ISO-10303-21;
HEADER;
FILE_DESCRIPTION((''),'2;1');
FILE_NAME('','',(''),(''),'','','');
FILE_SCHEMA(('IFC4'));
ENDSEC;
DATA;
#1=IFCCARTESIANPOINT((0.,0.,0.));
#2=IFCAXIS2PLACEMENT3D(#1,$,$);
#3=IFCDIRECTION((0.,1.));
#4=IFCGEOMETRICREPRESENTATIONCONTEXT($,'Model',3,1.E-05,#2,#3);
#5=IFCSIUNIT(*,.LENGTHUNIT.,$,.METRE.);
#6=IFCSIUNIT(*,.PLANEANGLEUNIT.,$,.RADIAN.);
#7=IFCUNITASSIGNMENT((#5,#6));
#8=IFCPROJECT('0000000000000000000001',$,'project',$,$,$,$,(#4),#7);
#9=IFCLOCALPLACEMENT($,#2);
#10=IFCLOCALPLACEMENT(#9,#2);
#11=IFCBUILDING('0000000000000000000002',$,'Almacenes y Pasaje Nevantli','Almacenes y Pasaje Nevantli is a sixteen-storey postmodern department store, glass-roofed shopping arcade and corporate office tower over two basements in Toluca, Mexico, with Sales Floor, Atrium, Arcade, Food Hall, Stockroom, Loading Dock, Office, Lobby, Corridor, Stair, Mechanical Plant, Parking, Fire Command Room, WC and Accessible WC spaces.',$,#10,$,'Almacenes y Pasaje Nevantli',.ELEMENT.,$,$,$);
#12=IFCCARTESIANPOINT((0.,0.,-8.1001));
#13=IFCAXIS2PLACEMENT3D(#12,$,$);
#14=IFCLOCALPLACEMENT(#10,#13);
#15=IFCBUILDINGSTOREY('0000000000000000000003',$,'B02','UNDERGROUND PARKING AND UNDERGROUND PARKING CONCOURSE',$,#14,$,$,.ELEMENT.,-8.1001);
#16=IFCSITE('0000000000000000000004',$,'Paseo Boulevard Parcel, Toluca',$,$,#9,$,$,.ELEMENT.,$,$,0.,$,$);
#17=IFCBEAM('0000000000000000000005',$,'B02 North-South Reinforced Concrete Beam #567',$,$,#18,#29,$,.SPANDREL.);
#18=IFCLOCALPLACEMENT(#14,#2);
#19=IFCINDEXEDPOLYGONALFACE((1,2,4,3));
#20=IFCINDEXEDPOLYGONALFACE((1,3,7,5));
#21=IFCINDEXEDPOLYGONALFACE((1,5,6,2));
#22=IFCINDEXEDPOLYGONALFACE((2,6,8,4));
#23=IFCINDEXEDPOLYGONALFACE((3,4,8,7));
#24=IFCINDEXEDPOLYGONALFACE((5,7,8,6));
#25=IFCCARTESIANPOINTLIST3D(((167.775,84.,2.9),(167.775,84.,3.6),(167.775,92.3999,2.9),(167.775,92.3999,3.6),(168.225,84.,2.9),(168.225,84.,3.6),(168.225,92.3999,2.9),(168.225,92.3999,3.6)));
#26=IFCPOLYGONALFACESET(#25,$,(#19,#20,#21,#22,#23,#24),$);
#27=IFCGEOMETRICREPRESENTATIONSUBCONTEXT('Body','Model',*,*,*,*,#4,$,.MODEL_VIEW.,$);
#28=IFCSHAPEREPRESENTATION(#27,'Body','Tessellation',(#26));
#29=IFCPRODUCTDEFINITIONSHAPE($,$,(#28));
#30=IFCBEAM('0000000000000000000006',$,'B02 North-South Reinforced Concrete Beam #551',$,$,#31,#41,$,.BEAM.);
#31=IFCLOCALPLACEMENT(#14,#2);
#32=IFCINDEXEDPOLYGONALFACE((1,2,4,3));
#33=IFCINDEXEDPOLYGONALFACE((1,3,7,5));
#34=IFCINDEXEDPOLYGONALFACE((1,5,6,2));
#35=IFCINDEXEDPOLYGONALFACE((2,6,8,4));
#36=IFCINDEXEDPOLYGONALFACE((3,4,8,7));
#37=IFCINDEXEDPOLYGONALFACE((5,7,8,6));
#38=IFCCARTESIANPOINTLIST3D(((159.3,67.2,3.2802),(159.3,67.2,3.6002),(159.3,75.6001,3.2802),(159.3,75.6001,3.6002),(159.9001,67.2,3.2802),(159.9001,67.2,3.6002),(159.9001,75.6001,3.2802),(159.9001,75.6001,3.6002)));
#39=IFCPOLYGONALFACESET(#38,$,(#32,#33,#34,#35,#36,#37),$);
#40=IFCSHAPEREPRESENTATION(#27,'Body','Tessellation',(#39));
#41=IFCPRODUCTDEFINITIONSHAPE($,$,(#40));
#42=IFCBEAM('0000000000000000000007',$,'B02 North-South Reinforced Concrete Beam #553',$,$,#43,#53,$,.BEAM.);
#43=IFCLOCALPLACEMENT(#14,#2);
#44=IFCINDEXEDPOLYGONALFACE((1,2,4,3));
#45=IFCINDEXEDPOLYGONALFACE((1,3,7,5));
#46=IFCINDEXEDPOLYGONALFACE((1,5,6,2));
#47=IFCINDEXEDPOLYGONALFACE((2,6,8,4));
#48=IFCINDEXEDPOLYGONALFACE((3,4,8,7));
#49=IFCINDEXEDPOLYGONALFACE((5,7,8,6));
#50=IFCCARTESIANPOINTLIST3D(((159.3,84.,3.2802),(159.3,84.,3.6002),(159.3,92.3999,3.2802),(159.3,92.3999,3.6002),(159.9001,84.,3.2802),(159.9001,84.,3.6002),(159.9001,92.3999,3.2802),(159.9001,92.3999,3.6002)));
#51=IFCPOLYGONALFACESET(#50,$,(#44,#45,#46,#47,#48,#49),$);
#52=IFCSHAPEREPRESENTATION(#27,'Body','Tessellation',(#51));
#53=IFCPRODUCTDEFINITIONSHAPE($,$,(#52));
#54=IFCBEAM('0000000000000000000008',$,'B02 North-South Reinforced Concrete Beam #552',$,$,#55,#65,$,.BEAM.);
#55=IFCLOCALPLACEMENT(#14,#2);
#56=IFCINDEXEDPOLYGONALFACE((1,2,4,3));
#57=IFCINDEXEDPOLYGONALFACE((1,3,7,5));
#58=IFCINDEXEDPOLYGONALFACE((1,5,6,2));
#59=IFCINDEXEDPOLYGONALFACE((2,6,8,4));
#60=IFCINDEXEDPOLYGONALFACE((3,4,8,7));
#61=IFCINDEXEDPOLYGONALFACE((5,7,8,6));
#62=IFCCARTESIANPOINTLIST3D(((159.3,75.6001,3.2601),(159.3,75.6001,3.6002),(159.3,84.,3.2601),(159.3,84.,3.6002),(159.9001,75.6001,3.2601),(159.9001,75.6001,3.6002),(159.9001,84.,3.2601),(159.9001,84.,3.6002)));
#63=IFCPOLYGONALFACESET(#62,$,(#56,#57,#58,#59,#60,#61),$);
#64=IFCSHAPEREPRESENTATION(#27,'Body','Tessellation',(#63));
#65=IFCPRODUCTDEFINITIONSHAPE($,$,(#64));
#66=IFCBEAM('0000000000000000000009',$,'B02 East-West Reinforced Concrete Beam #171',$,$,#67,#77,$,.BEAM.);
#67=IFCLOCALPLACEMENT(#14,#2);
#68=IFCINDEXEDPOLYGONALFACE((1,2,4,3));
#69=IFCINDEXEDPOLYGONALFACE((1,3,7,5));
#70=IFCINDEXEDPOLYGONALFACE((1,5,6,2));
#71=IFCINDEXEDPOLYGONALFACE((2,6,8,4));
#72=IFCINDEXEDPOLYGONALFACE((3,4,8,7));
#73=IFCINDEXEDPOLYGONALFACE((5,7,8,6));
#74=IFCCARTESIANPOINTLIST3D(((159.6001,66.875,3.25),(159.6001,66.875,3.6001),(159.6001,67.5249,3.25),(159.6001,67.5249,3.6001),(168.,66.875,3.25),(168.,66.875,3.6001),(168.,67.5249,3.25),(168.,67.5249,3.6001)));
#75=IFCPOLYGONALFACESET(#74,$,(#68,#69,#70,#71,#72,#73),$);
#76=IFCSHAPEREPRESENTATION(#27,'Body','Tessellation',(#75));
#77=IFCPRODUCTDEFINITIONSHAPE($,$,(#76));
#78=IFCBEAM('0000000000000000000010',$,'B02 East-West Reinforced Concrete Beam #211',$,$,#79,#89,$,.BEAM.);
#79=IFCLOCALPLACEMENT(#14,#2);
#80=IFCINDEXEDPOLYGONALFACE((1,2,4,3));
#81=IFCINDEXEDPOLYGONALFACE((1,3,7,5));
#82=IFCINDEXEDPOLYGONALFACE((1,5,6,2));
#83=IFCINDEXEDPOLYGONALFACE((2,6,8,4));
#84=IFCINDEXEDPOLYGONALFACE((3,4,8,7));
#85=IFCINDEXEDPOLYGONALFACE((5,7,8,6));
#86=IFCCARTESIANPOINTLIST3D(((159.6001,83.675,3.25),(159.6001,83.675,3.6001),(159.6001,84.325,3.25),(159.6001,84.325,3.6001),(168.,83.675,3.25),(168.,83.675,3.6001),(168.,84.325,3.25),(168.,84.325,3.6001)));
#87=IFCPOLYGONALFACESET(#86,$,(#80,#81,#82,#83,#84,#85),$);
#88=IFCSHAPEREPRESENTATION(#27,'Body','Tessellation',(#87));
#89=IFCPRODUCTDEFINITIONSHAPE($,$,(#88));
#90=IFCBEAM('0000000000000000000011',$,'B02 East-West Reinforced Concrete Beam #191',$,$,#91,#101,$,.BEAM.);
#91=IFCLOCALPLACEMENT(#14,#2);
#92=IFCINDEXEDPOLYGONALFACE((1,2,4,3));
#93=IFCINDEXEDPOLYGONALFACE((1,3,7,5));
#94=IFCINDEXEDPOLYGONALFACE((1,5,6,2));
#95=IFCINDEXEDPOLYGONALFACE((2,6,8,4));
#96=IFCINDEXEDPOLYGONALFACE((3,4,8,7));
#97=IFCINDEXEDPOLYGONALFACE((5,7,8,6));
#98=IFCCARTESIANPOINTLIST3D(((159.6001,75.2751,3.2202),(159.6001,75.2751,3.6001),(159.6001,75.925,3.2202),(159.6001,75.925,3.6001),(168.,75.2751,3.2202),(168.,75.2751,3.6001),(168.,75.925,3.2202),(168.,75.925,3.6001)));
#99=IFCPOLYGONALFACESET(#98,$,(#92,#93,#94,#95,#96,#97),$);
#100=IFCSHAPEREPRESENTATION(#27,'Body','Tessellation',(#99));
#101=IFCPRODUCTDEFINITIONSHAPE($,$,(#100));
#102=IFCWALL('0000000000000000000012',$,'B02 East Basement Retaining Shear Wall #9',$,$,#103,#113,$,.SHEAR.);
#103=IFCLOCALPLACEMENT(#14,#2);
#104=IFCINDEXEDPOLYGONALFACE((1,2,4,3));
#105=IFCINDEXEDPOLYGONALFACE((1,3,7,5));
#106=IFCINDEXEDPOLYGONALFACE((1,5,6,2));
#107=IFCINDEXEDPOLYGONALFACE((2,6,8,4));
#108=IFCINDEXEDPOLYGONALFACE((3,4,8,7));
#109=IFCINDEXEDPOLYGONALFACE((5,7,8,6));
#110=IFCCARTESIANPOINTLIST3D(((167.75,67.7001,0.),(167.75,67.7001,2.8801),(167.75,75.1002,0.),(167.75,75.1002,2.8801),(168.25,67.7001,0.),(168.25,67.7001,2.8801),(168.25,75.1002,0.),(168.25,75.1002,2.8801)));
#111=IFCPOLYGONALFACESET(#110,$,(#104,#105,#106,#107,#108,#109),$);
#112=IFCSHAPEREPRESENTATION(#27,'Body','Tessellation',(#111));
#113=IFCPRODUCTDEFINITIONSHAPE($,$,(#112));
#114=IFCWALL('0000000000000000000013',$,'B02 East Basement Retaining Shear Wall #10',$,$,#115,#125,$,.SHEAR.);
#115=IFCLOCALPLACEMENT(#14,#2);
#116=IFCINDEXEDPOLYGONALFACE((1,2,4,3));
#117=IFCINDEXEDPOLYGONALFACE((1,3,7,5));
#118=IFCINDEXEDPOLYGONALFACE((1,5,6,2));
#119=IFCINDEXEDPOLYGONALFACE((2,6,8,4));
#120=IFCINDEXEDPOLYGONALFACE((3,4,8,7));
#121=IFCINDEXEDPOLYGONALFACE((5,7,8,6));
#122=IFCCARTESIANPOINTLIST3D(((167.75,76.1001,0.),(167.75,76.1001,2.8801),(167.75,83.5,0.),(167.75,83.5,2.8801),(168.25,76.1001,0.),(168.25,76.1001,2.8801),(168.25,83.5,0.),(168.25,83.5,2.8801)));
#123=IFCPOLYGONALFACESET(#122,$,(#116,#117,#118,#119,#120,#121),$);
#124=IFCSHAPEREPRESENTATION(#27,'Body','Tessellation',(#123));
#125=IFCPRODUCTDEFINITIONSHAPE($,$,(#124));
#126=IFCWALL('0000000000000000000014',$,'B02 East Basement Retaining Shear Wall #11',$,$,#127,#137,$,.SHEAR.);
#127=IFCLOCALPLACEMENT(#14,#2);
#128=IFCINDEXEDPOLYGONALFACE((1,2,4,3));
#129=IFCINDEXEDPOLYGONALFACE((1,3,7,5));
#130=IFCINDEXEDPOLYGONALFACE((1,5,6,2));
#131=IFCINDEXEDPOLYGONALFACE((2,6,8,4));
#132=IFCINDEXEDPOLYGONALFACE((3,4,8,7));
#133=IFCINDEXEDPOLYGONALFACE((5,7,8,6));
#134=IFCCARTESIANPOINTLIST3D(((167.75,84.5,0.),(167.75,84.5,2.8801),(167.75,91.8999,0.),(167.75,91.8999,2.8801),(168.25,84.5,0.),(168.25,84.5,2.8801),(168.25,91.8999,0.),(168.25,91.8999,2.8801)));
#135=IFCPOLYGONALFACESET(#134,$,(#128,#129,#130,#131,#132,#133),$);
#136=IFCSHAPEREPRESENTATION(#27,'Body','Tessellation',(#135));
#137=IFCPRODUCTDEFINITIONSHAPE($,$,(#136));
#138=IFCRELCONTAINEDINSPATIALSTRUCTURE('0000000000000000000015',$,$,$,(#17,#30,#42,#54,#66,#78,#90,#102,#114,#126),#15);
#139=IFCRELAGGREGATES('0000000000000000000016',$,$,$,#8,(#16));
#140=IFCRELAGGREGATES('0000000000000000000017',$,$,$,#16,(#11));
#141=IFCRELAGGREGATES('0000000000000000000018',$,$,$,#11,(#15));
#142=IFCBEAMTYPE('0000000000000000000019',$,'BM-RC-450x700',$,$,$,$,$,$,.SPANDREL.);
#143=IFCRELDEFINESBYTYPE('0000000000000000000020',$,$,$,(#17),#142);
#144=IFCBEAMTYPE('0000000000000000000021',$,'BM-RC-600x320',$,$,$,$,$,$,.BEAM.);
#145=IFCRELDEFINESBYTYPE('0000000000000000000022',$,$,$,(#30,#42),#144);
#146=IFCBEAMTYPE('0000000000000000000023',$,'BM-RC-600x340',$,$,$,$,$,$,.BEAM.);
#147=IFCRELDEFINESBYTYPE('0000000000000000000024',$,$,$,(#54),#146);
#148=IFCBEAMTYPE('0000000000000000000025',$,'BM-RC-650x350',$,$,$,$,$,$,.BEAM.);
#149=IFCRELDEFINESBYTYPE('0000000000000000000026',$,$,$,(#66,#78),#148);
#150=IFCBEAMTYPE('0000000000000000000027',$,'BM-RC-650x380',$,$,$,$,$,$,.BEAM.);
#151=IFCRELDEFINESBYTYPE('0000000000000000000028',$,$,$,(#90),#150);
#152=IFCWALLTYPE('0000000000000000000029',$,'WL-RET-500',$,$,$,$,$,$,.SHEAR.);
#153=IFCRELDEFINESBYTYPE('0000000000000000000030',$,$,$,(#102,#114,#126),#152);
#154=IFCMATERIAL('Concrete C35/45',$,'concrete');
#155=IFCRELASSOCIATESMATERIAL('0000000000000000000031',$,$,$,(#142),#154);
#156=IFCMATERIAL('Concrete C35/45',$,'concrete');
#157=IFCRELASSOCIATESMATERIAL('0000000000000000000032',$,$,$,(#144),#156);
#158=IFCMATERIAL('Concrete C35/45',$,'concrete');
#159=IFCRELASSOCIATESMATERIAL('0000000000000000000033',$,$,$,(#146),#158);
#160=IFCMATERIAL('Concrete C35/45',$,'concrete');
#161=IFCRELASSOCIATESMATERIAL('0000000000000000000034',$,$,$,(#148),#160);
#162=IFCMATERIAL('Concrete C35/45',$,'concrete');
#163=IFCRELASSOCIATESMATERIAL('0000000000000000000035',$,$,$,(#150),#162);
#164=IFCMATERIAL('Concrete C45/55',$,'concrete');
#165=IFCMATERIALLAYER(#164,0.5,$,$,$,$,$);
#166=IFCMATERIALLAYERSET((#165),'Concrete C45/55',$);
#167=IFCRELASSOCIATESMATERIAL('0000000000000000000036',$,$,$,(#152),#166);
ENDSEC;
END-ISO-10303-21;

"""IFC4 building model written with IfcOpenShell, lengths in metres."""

from ifc_helpers import new_model, si_unit, direction, frame, frame_2d, origin, origin_2d, place, context, subcontext, project, spatial, rectangle, extrude, material, layer, layer_set, material_profile, profile_set, type_object, element, save


model = new_model("IFC4")

# Units and contexts
model_context = context("Model", 3, precision=1e-05, world=origin(), true_north=direction((0.0, 1.0)))
body_context = subcontext(model_context, "Body", "Model", "MODEL_VIEW")
ifc_project = project(units=[si_unit("LENGTHUNIT", "METRE"), si_unit("PLANEANGLEUNIT", "RADIAN")], contexts=[model_context])

# Site, building, storey
site_placement = place(None, origin())
site = spatial("IfcSite", under=ifc_project, at=site_placement, Name="Paseo Boulevard Parcel, Toluca", CompositionType="ELEMENT", RefElevation=0.0)
building_placement = place(site_placement, origin())
building = spatial("IfcBuilding", under=site, at=building_placement, Name="Almacenes y Pasaje Nevantli", Description="Almacenes y Pasaje Nevantli is a sixteen-storey postmodern department store, glass-roofed shopping arcade and corporate office tower over two basements in Toluca, Mexico, with Sales Floor, Atrium, Arcade, Food Hall, Stockroom, Loading Dock, Office, Lobby, Corridor, Stair, Mechanical Plant, Parking, Fire Command Room, WC and Accessible WC spaces.", LongName="Almacenes y Pasaje Nevantli", CompositionType="ELEMENT")
storey_placement = place(building_placement, frame((0.0, 0.0, -8.1001)))
storey = spatial("IfcBuildingStorey", under=building, at=storey_placement, Name="B02", Description="UNDERGROUND PARKING AND UNDERGROUND PARKING CONCOURSE", CompositionType="ELEMENT", Elevation=-8.1001)

# Beams
ifc_material_1 = material(Name="Concrete C35/45", Category="concrete")
ifc_material_profile_1 = material_profile(ifc_material_1, rectangle(XDim=0.45, YDim=0.7, at=origin_2d()), Name="RC-BM-450x700")
ifc_profile_set_1 = profile_set([ifc_material_profile_1], Name="Concrete C35/45")
beam_type_1 = type_object("IfcBeamType", Name="BM-RC-450x700", PredefinedType="SPANDREL", material=ifc_profile_set_1)
for number, where, z_axis, x_axis, name in (
    (1, (168.0, 84.0, 3.25), (0.0, 1.0, 0.0), (-1.0, 0.0, 0.0), "B02 North-South Reinforced Concrete Beam #567"),
):
    element("IfcBeam", number, at=place(storey_placement, frame(where, z_axis=z_axis, x_axis=x_axis)), inside=storey, type_object=beam_type_1, Name=name, PredefinedType="SPANDREL", context=body_context, shape_type="SweptSolid", body=[
        extrude(rectangle(XDim=0.45, YDim=0.7, at=origin_2d()), origin(), (0.0, 0.0, 1.0), 8.3999),
    ])
ifc_material_2 = material(Name="Concrete C35/45", Category="concrete")
ifc_material_profile_2 = material_profile(ifc_material_2, rectangle(XDim=0.6001, YDim=0.3201, at=origin_2d()), Name="RC-BM-600x320")
ifc_profile_set_2 = profile_set([ifc_material_profile_2], Name="Concrete C35/45")
beam_type_2 = type_object("IfcBeamType", Name="BM-RC-600x320", PredefinedType="BEAM", material=ifc_profile_set_2)
beam_1_placement = place(storey_placement, frame((159.6001, 67.2, 3.4402), z_axis=(0.0, 1.0, 0.0), x_axis=(-1.0, 0.0, 0.0)))
element("IfcBeam", 2, at=beam_1_placement, inside=storey, type_object=beam_type_2, Name="B02 North-South Reinforced Concrete Beam #551", PredefinedType="BEAM", context=body_context, shape_type="SweptSolid", body=[
    extrude(rectangle(XDim=0.6001, YDim=0.3201, at=origin_2d()), origin(), (0.0, 0.0, 1.0), 8.4001),
])
beam_2_placement = place(storey_placement, frame((159.6001, 84.0, 3.4402), z_axis=(0.0, 1.0, 0.0), x_axis=(-1.0, 0.0, 0.0)))
element("IfcBeam", 3, at=beam_2_placement, inside=storey, type_object=beam_type_2, Name="B02 North-South Reinforced Concrete Beam #553", PredefinedType="BEAM", context=body_context, shape_type="SweptSolid", body=[
    extrude(rectangle(XDim=0.6001, YDim=0.3201, at=origin_2d()), origin(), (0.0, 0.0, 1.0), 8.3999),
])
ifc_material_3 = material(Name="Concrete C35/45", Category="concrete")
ifc_material_profile_3 = material_profile(ifc_material_3, rectangle(XDim=0.6001, YDim=0.3401, at=origin_2d()), Name="RC-BM-600x340")
ifc_profile_set_3 = profile_set([ifc_material_profile_3], Name="Concrete C35/45")
beam_type_3 = type_object("IfcBeamType", Name="BM-RC-600x340", PredefinedType="BEAM", material=ifc_profile_set_3)
beam_3_placement = place(storey_placement, frame((159.6001, 75.6001, 3.4302), z_axis=(0.0, 1.0, 0.0), x_axis=(-1.0, 0.0, 0.0)))
element("IfcBeam", 4, at=beam_3_placement, inside=storey, type_object=beam_type_3, Name="B02 North-South Reinforced Concrete Beam #552", PredefinedType="BEAM", context=body_context, shape_type="SweptSolid", body=[
    extrude(rectangle(XDim=0.6001, YDim=0.3401, at=origin_2d()), origin(), (0.0, 0.0, 1.0), 8.3999),
])
ifc_material_4 = material(Name="Concrete C35/45", Category="concrete")
ifc_material_profile_4 = material_profile(ifc_material_4, rectangle(XDim=0.6499, YDim=0.3501, at=origin_2d()), Name="RC-BM-650x350")
ifc_profile_set_4 = profile_set([ifc_material_profile_4], Name="Concrete C35/45")
beam_type_4 = type_object("IfcBeamType", Name="BM-RC-650x350", PredefinedType="BEAM", material=ifc_profile_set_4)
for number, where, z_axis, x_axis, name in (
    (5, (159.6001, 67.2, 3.425), (1.0, 0.0, 0.0), (0.0, 1.0, 0.0), "B02 East-West Reinforced Concrete Beam #171"),
    (6, (159.6001, 84.0, 3.425), (1.0, 0.0, 0.0), (0.0, 1.0, 0.0), "B02 East-West Reinforced Concrete Beam #211"),
):
    element("IfcBeam", number, at=place(storey_placement, frame(where, z_axis=z_axis, x_axis=x_axis)), inside=storey, type_object=beam_type_4, Name=name, PredefinedType="BEAM", context=body_context, shape_type="SweptSolid", body=[
        extrude(rectangle(XDim=0.6499, YDim=0.3501, at=origin_2d()), origin(), (0.0, 0.0, 1.0), 8.3999),
    ])
ifc_material_5 = material(Name="Concrete C35/45", Category="concrete")
ifc_material_profile_5 = material_profile(ifc_material_5, rectangle(XDim=0.6499, YDim=0.3799, at=origin_2d()), Name="RC-BM-650x380")
ifc_profile_set_5 = profile_set([ifc_material_profile_5], Name="Concrete C35/45")
beam_type_5 = type_object("IfcBeamType", Name="BM-RC-650x380", PredefinedType="BEAM", material=ifc_profile_set_5)
beam_4_placement = place(storey_placement, frame((159.6001, 75.6001, 3.4102), z_axis=(1.0, 0.0, 0.0), x_axis=(0.0, 1.0, 0.0)))
element("IfcBeam", 7, at=beam_4_placement, inside=storey, type_object=beam_type_5, Name="B02 East-West Reinforced Concrete Beam #191", PredefinedType="BEAM", context=body_context, shape_type="SweptSolid", body=[
    extrude(rectangle(XDim=0.6499, YDim=0.3799, at=origin_2d()), origin(), (0.0, 0.0, 1.0), 8.3999),
])

# Walls
ifc_material_6 = material(Name="Concrete C45/55", Category="concrete")
ifc_layer_1 = layer(ifc_material_6, 0.5)
ifc_layer_set_1 = layer_set([ifc_layer_1], Name="Concrete C45/55")
wall_type = type_object("IfcWallType", Name="WL-RET-500", PredefinedType="SHEAR", material=ifc_layer_set_1)
wall_placement = place(storey_placement, frame((168.0, 67.7, 0.0), z_axis=(0.0, 0.0, 1.0), x_axis=(0.0, 1.0, 0.0)))
element("IfcWall", 8, at=wall_placement, inside=storey, type_object=wall_type, Name="B02 East Basement Retaining Shear Wall #9", PredefinedType="SHEAR", context=body_context, shape_type="SweptSolid", body=[
    extrude(rectangle(XDim=7.4001, YDim=0.5, at=frame_2d((3.7002, 0.0))), origin(), (0.0, 0.0, 1.0), 2.8801),
])
for number, where, z_axis, x_axis, name in (
    (9, (168.0, 76.1001, 0.0), (0.0, 0.0, 1.0), (0.0, 1.0, 0.0), "B02 East Basement Retaining Shear Wall #10"),
    (10, (168.0, 84.5, 0.0), (0.0, 0.0, 1.0), (0.0, 1.0, 0.0), "B02 East Basement Retaining Shear Wall #11"),
):
    element("IfcWall", number, at=place(storey_placement, frame(where, z_axis=z_axis, x_axis=x_axis)), inside=storey, type_object=wall_type, Name=name, PredefinedType="SHEAR", context=body_context, shape_type="SweptSolid", body=[
        extrude(rectangle(XDim=7.3999, YDim=0.5, at=frame_2d((3.7, 0.0))), origin(), (0.0, 0.0, 1.0), 2.8801),
    ])

save(model, "model.ifc")
